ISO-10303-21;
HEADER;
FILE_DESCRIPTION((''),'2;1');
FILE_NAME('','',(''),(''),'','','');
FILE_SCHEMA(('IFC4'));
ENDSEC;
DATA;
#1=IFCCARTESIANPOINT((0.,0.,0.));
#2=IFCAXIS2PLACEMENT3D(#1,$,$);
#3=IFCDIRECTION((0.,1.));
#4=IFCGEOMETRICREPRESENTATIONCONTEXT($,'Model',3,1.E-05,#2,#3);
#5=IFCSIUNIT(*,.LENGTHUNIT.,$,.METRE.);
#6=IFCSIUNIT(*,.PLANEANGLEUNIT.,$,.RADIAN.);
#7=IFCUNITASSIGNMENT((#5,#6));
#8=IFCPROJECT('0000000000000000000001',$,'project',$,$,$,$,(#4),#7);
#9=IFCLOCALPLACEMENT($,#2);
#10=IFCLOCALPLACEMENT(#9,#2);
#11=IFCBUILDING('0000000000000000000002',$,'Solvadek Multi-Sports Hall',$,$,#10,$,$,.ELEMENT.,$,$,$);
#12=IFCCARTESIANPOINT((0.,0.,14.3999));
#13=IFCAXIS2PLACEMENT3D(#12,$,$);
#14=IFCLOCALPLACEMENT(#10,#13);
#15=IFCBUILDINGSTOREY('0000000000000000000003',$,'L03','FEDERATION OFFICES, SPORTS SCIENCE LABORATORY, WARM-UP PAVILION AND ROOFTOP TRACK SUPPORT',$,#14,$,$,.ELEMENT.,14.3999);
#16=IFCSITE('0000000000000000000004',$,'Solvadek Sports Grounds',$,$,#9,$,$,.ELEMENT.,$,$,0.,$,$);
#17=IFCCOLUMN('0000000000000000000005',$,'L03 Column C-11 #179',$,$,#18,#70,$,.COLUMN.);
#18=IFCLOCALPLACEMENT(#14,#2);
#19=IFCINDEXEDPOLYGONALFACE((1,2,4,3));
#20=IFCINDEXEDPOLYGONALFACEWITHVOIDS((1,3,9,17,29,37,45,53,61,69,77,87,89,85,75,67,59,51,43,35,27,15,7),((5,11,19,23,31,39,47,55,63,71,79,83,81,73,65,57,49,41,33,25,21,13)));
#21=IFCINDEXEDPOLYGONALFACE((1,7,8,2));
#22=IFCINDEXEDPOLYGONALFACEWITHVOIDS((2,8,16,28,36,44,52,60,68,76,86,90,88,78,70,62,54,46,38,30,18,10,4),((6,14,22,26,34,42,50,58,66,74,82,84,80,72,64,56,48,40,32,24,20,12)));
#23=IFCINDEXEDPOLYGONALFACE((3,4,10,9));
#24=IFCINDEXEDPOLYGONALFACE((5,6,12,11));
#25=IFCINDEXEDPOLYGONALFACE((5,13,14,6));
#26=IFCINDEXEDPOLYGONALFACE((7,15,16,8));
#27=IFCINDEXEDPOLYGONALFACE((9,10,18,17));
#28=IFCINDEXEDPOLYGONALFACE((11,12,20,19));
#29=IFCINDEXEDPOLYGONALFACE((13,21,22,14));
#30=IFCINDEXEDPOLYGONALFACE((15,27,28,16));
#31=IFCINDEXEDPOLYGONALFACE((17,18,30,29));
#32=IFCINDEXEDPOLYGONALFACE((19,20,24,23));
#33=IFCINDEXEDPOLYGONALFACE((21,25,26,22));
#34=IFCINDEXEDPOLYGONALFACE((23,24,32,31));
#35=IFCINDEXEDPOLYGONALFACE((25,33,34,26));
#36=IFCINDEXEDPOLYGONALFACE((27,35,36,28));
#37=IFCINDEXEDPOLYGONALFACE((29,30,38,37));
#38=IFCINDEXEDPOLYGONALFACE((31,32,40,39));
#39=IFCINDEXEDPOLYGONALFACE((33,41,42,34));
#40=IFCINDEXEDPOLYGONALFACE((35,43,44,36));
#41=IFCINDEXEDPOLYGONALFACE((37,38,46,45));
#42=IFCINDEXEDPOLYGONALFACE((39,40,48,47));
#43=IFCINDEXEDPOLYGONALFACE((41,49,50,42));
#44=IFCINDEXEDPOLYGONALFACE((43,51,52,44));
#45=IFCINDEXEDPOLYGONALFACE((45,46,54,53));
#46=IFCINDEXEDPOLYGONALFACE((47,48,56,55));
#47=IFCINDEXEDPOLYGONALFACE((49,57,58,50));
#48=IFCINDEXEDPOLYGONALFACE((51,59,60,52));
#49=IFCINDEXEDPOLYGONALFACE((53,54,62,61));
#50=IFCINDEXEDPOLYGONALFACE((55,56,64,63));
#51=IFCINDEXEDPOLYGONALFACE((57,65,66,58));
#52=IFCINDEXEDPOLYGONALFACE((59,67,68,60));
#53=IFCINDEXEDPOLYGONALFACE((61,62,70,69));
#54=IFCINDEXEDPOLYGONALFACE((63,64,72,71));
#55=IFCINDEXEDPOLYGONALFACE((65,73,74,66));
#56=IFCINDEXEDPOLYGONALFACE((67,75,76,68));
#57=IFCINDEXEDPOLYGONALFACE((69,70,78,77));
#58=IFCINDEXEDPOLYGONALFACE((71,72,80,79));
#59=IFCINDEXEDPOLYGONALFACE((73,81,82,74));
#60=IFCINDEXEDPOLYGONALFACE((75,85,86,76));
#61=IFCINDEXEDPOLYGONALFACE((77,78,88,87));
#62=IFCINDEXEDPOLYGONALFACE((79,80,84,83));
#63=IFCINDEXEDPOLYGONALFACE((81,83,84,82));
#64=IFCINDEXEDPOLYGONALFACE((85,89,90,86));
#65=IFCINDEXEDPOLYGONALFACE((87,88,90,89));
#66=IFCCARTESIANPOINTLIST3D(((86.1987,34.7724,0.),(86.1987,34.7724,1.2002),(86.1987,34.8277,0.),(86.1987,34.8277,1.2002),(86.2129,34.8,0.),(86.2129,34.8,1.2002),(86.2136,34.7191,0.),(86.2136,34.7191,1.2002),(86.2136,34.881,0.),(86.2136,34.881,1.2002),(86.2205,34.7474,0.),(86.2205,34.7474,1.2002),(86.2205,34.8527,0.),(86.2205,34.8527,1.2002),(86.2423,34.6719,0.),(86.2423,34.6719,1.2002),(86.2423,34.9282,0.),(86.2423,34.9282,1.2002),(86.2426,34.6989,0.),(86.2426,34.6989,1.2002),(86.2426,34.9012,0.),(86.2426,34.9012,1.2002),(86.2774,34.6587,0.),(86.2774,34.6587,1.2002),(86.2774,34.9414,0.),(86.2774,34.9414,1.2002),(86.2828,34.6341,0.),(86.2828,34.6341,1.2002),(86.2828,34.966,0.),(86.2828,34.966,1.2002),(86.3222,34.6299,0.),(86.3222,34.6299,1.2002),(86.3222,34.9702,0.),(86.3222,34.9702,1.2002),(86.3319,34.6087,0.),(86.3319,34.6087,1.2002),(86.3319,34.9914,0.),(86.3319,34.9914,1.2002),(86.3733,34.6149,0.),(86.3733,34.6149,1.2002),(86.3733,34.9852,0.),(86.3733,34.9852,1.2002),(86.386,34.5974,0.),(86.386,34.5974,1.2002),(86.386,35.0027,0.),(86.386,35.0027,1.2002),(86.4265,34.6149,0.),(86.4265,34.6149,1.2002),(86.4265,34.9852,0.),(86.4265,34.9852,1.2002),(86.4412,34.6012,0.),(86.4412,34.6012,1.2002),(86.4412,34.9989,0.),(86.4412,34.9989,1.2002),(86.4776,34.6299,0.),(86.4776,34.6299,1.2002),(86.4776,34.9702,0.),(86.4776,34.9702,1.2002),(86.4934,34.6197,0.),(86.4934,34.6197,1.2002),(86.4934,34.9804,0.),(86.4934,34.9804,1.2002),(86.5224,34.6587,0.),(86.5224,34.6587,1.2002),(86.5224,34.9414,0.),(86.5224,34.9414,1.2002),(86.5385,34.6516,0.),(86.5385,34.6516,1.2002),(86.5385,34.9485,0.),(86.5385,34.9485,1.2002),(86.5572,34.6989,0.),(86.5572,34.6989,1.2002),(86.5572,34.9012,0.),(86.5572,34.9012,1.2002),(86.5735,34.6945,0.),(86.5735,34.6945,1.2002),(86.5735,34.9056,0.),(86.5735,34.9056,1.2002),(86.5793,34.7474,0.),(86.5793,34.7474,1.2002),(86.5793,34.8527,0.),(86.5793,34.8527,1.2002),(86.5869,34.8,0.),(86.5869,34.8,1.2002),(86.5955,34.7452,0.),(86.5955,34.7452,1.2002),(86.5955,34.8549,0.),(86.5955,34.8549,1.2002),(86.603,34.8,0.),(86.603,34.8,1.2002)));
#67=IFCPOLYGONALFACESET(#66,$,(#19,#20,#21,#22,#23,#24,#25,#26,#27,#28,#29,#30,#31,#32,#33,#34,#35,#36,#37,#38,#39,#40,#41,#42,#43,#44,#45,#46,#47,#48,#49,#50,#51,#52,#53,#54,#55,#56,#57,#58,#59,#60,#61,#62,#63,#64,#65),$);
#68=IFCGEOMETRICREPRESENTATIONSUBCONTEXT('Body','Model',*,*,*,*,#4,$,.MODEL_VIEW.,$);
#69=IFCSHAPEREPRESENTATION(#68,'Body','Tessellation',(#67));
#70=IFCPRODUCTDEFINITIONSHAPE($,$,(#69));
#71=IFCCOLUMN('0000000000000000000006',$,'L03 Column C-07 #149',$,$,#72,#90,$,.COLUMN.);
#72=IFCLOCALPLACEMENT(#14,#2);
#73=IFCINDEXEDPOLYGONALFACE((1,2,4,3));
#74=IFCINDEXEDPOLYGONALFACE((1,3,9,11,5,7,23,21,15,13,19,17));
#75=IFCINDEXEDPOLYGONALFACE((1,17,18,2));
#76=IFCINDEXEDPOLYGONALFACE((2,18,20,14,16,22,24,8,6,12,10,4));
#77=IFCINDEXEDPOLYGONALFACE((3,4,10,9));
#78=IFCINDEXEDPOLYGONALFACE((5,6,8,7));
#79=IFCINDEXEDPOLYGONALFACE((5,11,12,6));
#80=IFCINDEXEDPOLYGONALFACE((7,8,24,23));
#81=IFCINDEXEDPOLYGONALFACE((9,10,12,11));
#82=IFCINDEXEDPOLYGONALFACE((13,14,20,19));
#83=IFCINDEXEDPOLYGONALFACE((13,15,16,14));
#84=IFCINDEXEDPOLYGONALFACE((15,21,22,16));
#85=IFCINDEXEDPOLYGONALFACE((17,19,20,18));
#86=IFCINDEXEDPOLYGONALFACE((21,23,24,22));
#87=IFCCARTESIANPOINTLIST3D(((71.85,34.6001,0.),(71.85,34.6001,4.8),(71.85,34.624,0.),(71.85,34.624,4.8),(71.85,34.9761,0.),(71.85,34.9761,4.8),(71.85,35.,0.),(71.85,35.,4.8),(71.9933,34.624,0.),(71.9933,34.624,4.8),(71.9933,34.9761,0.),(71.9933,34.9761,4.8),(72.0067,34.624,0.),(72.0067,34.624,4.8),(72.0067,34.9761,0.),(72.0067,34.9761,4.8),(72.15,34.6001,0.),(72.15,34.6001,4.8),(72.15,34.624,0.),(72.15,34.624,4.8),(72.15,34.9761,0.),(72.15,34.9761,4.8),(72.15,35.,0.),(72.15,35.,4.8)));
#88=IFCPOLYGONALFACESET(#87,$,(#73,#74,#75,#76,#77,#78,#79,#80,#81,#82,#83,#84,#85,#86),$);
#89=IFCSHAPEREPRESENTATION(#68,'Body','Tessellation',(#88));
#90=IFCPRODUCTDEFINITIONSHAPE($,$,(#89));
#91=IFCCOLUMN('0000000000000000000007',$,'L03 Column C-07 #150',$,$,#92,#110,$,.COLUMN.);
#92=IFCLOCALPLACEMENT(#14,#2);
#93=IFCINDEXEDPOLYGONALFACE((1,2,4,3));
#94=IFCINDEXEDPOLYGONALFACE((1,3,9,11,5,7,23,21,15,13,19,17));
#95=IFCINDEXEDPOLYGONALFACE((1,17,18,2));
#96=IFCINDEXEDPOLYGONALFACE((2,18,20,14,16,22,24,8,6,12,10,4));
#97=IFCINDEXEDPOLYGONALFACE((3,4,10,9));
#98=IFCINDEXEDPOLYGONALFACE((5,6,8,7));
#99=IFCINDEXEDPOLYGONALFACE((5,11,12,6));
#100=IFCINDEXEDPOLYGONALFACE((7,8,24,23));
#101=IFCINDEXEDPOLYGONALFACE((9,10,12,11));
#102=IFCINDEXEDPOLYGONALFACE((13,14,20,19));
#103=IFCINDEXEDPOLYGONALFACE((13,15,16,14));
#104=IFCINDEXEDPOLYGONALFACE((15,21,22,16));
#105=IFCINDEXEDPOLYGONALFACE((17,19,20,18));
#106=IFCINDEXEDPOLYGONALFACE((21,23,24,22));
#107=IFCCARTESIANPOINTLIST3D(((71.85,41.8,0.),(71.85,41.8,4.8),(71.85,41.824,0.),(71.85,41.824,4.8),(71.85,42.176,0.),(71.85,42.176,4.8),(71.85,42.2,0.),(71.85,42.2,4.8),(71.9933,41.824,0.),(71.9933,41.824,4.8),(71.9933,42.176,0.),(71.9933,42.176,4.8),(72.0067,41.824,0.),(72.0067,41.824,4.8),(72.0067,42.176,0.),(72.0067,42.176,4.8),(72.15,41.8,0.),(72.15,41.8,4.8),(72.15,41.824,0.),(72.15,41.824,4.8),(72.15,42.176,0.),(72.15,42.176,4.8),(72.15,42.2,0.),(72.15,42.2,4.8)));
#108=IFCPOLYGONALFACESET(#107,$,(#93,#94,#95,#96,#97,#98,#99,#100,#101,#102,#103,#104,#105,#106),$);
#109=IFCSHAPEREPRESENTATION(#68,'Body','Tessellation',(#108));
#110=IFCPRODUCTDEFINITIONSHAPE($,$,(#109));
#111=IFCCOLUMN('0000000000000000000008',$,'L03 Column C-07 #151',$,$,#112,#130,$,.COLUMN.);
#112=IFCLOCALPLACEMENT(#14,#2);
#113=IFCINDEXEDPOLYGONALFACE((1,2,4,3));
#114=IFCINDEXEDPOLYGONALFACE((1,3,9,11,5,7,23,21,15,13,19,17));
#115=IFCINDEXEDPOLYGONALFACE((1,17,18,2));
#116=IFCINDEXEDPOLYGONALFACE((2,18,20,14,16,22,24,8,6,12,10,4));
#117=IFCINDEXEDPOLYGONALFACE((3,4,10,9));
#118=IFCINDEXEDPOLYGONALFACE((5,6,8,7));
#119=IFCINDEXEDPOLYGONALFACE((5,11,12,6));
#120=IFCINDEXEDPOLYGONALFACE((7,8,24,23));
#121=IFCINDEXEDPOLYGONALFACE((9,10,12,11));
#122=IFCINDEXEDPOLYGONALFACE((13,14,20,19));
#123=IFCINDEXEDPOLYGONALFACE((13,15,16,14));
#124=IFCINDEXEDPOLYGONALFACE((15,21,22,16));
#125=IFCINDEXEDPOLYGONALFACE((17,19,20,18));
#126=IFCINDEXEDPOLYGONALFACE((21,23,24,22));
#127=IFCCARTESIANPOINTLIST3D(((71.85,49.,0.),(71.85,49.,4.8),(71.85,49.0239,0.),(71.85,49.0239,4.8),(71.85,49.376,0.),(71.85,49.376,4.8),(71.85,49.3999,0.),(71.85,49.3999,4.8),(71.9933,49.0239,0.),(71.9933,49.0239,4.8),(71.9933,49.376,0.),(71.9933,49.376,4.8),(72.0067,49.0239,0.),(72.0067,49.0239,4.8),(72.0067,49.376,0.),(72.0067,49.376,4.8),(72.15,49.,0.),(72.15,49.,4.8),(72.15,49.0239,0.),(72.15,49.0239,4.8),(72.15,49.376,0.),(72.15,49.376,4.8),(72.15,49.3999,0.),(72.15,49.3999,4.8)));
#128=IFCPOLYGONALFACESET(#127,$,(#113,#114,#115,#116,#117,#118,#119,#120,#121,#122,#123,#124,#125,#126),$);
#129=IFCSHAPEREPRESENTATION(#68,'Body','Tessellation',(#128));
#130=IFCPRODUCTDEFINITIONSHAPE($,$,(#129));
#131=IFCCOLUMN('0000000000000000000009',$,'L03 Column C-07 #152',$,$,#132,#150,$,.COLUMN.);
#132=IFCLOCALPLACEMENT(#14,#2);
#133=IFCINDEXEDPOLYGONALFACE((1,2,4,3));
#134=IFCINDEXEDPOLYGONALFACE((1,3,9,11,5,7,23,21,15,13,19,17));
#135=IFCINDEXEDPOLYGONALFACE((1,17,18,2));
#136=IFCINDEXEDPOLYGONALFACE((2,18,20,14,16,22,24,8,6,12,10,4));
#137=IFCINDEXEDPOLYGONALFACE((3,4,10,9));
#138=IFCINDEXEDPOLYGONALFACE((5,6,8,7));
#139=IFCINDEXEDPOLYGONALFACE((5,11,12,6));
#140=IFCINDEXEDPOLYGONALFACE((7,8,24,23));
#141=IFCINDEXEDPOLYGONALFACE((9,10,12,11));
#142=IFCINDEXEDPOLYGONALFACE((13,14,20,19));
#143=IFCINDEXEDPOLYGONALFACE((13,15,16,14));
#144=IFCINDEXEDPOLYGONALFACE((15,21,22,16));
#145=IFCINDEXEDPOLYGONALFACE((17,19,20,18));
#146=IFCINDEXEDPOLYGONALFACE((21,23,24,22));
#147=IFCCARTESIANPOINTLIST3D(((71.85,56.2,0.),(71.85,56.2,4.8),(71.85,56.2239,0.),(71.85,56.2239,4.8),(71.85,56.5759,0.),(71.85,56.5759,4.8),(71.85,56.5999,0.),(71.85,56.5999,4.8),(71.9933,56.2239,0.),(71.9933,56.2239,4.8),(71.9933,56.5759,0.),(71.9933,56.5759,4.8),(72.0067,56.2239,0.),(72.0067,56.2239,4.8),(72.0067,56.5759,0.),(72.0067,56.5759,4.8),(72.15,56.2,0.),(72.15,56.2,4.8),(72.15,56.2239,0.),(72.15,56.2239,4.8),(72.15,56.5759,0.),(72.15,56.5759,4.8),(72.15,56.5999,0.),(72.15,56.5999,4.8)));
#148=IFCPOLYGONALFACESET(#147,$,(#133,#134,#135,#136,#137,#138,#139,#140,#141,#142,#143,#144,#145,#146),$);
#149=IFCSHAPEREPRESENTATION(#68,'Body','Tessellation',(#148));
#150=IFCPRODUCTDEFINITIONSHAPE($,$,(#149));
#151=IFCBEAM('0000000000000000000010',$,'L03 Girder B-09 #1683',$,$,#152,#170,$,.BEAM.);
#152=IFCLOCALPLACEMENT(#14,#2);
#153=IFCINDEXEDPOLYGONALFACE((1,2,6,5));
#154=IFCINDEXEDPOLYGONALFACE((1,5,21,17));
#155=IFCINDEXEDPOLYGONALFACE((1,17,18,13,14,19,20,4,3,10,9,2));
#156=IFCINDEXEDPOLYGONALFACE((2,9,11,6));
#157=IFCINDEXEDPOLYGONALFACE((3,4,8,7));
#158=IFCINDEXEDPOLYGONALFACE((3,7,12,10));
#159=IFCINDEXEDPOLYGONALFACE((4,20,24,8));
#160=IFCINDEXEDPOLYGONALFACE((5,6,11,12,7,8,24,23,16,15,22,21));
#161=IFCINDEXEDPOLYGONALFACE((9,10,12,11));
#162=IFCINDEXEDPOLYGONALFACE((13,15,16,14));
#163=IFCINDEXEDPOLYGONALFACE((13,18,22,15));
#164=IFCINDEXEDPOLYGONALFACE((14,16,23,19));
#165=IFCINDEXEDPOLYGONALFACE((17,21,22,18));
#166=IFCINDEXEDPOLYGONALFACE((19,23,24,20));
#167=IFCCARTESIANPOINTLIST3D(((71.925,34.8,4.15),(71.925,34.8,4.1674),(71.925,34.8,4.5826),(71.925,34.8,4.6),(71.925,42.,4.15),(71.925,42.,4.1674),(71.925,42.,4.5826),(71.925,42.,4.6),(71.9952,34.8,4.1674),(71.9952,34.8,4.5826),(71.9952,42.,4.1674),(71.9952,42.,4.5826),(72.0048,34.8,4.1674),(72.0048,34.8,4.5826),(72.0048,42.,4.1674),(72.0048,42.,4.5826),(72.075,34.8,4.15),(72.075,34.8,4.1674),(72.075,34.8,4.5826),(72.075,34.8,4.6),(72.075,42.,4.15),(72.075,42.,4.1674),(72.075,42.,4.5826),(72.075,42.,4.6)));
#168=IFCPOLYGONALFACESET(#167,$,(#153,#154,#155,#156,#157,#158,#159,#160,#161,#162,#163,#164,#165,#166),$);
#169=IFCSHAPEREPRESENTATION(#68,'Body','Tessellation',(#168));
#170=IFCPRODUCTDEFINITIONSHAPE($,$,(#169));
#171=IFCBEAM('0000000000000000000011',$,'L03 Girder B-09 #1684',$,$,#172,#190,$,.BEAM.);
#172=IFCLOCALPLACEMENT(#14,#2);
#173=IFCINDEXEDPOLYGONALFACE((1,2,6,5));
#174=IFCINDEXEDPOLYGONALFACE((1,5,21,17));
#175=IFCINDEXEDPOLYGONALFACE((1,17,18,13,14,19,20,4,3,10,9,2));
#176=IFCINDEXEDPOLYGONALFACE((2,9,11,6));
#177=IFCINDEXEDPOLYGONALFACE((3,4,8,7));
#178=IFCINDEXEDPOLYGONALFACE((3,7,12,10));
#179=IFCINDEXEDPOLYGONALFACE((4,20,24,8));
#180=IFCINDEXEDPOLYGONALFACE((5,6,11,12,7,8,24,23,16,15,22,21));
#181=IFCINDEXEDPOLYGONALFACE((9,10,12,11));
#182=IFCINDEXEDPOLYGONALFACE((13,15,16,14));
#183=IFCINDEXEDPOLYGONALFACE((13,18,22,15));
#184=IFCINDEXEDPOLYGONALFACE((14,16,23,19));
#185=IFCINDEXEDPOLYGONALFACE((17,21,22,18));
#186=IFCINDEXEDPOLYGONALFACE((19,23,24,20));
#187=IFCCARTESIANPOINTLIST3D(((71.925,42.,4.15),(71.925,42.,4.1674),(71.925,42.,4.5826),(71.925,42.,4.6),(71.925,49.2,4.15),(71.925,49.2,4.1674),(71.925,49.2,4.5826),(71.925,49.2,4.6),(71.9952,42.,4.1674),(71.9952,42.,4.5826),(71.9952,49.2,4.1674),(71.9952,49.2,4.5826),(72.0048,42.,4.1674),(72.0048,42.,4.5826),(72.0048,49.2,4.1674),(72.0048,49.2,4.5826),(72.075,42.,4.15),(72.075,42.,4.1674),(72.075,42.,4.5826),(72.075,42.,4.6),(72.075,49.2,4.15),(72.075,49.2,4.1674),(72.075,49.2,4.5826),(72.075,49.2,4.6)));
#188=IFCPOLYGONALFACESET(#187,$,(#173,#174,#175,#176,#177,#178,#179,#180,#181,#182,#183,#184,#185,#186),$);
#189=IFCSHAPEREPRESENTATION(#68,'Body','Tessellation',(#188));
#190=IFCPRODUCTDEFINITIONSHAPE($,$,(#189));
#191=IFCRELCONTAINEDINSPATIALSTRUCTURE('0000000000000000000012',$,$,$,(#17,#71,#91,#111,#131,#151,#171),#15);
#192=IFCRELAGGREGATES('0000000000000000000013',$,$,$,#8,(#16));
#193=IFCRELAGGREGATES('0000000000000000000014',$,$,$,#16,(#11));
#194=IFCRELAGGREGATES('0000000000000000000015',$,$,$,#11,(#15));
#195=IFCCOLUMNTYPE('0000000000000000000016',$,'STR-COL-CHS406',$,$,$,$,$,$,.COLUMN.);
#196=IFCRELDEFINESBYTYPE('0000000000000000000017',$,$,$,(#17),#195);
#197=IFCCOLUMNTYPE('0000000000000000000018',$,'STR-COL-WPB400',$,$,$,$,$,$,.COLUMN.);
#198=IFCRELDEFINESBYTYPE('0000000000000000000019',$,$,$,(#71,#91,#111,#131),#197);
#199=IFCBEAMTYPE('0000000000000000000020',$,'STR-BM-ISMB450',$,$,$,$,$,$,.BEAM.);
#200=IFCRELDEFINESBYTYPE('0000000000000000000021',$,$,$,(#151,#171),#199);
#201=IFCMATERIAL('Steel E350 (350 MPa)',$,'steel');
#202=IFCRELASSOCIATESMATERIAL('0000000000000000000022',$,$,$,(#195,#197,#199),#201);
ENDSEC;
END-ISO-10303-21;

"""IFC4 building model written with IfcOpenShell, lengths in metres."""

from ifc_helpers import new_model, si_unit, direction, frame, origin, origin_2d, place, context, subcontext, project, spatial, hollow_circle, i_section, extrude, material, material_profile, profile_set, type_object, element, save


model = new_model("IFC4")

# Units and contexts
model_context = context("Model", 3, precision=1e-05, world=origin(), true_north=direction((0.0, 1.0)))
body_context = subcontext(model_context, "Body", "Model", "MODEL_VIEW")
ifc_project = project(units=[si_unit("LENGTHUNIT", "METRE"), si_unit("PLANEANGLEUNIT", "RADIAN")], contexts=[model_context])

# Site, building, storey
site_placement = place(None, origin())
site = spatial("IfcSite", under=ifc_project, at=site_placement, Name="Solvadek Sports Grounds", CompositionType="ELEMENT", RefElevation=0.0)
building_placement = place(site_placement, origin())
building = spatial("IfcBuilding", under=site, at=building_placement, Name="Solvadek Multi-Sports Hall", CompositionType="ELEMENT")
storey_placement = place(building_placement, frame((0.0, 0.0, 14.3999)))
storey = spatial("IfcBuildingStorey", under=building, at=storey_placement, Name="L03", Description="FEDERATION OFFICES, SPORTS SCIENCE LABORATORY, WARM-UP PAVILION AND ROOFTOP TRACK SUPPORT", CompositionType="ELEMENT", Elevation=14.3999)

# Columns
ifc_material_1 = material(Name="Steel E350 (350 MPa)", Category="steel")
ifc_material_profile_1 = material_profile(ifc_material_1, hollow_circle(Radius=0.2031, WallThickness=0.0161, at=origin_2d()), Name="CHS 406.4x16")
ifc_profile_set_1 = profile_set([ifc_material_profile_1], Name="Steel E350 (350 MPa)")
column_type_1 = type_object("IfcColumnType", Name="STR-COL-CHS406", PredefinedType="COLUMN", material=ifc_profile_set_1)
column_placement = place(storey_placement, frame((86.3999, 34.8, 0.0), z_axis=(0.0, 0.0, 1.0), x_axis=(1.0, 0.0, 0.0)))
element("IfcColumn", 1, at=column_placement, inside=storey, type_object=column_type_1, Name="L03 Column C-11 #179", PredefinedType="COLUMN", context=body_context, shape_type="SweptSolid", body=[
    extrude(hollow_circle(Radius=0.2031, WallThickness=0.0161, at=origin_2d()), origin(), (0.0, 0.0, 1.0), 1.2002),
])
ifc_material_profile_2 = material_profile(ifc_material_1, i_section(OverallWidth=0.3, OverallDepth=0.3999, WebThickness=0.0134, FlangeThickness=0.0239, at=origin_2d()), Name="WPB 400")
ifc_profile_set_2 = profile_set([ifc_material_profile_2], Name="Steel E350 (350 MPa)")
column_type_2 = type_object("IfcColumnType", Name="STR-COL-WPB400", PredefinedType="COLUMN", material=ifc_profile_set_2)
for number, where, z_axis, x_axis, name in (
    (2, (72.0, 34.8, 0.0), (0.0, 0.0, 1.0), (1.0, 0.0, 0.0), "L03 Column C-07 #149"),
    (3, (72.0, 42.0, 0.0), (0.0, 0.0, 1.0), (1.0, 0.0, 0.0), "L03 Column C-07 #150"),
    (4, (72.0, 49.2, 0.0), (0.0, 0.0, 1.0), (1.0, 0.0, 0.0), "L03 Column C-07 #151"),
    (5, (72.0, 56.3999, 0.0), (0.0, 0.0, 1.0), (1.0, 0.0, 0.0), "L03 Column C-07 #152"),
):
    element("IfcColumn", number, at=place(storey_placement, frame(where, z_axis=z_axis, x_axis=x_axis)), inside=storey, type_object=column_type_2, Name=name, PredefinedType="COLUMN", context=body_context, shape_type="SweptSolid", body=[
        extrude(i_section(OverallWidth=0.3, OverallDepth=0.3999, WebThickness=0.0134, FlangeThickness=0.0239, at=origin_2d()), origin(), (0.0, 0.0, 1.0), 4.8),
    ])

# Beams
ifc_material_profile_3 = material_profile(ifc_material_1, i_section(OverallWidth=0.1499, OverallDepth=0.45, WebThickness=0.0095, FlangeThickness=0.0173, at=origin_2d()), Name="ISMB 450")
ifc_profile_set_3 = profile_set([ifc_material_profile_3], Name="Steel E350 (350 MPa)")
beam_type_1 = type_object("IfcBeamType", Name="STR-BM-ISMB450", PredefinedType="BEAM", material=ifc_profile_set_3)
for number, where, z_axis, x_axis, name in (
    (6, (72.0, 34.8, 4.375), (0.0, 1.0, 0.0), (-1.0, 0.0, 0.0), "L03 Girder B-09 #1683"),
    (7, (72.0, 42.0, 4.375), (0.0, 1.0, 0.0), (-1.0, 0.0, 0.0), "L03 Girder B-09 #1684"),
):
    element("IfcBeam", number, at=place(storey_placement, frame(where, z_axis=z_axis, x_axis=x_axis)), inside=storey, type_object=beam_type_1, Name=name, PredefinedType="BEAM", context=body_context, shape_type="SweptSolid", body=[
        extrude(i_section(OverallWidth=0.1499, OverallDepth=0.45, WebThickness=0.0095, FlangeThickness=0.0173, at=origin_2d()), origin(), (0.0, 0.0, 1.0), 7.2),
    ])

save(model, "model.ifc")
